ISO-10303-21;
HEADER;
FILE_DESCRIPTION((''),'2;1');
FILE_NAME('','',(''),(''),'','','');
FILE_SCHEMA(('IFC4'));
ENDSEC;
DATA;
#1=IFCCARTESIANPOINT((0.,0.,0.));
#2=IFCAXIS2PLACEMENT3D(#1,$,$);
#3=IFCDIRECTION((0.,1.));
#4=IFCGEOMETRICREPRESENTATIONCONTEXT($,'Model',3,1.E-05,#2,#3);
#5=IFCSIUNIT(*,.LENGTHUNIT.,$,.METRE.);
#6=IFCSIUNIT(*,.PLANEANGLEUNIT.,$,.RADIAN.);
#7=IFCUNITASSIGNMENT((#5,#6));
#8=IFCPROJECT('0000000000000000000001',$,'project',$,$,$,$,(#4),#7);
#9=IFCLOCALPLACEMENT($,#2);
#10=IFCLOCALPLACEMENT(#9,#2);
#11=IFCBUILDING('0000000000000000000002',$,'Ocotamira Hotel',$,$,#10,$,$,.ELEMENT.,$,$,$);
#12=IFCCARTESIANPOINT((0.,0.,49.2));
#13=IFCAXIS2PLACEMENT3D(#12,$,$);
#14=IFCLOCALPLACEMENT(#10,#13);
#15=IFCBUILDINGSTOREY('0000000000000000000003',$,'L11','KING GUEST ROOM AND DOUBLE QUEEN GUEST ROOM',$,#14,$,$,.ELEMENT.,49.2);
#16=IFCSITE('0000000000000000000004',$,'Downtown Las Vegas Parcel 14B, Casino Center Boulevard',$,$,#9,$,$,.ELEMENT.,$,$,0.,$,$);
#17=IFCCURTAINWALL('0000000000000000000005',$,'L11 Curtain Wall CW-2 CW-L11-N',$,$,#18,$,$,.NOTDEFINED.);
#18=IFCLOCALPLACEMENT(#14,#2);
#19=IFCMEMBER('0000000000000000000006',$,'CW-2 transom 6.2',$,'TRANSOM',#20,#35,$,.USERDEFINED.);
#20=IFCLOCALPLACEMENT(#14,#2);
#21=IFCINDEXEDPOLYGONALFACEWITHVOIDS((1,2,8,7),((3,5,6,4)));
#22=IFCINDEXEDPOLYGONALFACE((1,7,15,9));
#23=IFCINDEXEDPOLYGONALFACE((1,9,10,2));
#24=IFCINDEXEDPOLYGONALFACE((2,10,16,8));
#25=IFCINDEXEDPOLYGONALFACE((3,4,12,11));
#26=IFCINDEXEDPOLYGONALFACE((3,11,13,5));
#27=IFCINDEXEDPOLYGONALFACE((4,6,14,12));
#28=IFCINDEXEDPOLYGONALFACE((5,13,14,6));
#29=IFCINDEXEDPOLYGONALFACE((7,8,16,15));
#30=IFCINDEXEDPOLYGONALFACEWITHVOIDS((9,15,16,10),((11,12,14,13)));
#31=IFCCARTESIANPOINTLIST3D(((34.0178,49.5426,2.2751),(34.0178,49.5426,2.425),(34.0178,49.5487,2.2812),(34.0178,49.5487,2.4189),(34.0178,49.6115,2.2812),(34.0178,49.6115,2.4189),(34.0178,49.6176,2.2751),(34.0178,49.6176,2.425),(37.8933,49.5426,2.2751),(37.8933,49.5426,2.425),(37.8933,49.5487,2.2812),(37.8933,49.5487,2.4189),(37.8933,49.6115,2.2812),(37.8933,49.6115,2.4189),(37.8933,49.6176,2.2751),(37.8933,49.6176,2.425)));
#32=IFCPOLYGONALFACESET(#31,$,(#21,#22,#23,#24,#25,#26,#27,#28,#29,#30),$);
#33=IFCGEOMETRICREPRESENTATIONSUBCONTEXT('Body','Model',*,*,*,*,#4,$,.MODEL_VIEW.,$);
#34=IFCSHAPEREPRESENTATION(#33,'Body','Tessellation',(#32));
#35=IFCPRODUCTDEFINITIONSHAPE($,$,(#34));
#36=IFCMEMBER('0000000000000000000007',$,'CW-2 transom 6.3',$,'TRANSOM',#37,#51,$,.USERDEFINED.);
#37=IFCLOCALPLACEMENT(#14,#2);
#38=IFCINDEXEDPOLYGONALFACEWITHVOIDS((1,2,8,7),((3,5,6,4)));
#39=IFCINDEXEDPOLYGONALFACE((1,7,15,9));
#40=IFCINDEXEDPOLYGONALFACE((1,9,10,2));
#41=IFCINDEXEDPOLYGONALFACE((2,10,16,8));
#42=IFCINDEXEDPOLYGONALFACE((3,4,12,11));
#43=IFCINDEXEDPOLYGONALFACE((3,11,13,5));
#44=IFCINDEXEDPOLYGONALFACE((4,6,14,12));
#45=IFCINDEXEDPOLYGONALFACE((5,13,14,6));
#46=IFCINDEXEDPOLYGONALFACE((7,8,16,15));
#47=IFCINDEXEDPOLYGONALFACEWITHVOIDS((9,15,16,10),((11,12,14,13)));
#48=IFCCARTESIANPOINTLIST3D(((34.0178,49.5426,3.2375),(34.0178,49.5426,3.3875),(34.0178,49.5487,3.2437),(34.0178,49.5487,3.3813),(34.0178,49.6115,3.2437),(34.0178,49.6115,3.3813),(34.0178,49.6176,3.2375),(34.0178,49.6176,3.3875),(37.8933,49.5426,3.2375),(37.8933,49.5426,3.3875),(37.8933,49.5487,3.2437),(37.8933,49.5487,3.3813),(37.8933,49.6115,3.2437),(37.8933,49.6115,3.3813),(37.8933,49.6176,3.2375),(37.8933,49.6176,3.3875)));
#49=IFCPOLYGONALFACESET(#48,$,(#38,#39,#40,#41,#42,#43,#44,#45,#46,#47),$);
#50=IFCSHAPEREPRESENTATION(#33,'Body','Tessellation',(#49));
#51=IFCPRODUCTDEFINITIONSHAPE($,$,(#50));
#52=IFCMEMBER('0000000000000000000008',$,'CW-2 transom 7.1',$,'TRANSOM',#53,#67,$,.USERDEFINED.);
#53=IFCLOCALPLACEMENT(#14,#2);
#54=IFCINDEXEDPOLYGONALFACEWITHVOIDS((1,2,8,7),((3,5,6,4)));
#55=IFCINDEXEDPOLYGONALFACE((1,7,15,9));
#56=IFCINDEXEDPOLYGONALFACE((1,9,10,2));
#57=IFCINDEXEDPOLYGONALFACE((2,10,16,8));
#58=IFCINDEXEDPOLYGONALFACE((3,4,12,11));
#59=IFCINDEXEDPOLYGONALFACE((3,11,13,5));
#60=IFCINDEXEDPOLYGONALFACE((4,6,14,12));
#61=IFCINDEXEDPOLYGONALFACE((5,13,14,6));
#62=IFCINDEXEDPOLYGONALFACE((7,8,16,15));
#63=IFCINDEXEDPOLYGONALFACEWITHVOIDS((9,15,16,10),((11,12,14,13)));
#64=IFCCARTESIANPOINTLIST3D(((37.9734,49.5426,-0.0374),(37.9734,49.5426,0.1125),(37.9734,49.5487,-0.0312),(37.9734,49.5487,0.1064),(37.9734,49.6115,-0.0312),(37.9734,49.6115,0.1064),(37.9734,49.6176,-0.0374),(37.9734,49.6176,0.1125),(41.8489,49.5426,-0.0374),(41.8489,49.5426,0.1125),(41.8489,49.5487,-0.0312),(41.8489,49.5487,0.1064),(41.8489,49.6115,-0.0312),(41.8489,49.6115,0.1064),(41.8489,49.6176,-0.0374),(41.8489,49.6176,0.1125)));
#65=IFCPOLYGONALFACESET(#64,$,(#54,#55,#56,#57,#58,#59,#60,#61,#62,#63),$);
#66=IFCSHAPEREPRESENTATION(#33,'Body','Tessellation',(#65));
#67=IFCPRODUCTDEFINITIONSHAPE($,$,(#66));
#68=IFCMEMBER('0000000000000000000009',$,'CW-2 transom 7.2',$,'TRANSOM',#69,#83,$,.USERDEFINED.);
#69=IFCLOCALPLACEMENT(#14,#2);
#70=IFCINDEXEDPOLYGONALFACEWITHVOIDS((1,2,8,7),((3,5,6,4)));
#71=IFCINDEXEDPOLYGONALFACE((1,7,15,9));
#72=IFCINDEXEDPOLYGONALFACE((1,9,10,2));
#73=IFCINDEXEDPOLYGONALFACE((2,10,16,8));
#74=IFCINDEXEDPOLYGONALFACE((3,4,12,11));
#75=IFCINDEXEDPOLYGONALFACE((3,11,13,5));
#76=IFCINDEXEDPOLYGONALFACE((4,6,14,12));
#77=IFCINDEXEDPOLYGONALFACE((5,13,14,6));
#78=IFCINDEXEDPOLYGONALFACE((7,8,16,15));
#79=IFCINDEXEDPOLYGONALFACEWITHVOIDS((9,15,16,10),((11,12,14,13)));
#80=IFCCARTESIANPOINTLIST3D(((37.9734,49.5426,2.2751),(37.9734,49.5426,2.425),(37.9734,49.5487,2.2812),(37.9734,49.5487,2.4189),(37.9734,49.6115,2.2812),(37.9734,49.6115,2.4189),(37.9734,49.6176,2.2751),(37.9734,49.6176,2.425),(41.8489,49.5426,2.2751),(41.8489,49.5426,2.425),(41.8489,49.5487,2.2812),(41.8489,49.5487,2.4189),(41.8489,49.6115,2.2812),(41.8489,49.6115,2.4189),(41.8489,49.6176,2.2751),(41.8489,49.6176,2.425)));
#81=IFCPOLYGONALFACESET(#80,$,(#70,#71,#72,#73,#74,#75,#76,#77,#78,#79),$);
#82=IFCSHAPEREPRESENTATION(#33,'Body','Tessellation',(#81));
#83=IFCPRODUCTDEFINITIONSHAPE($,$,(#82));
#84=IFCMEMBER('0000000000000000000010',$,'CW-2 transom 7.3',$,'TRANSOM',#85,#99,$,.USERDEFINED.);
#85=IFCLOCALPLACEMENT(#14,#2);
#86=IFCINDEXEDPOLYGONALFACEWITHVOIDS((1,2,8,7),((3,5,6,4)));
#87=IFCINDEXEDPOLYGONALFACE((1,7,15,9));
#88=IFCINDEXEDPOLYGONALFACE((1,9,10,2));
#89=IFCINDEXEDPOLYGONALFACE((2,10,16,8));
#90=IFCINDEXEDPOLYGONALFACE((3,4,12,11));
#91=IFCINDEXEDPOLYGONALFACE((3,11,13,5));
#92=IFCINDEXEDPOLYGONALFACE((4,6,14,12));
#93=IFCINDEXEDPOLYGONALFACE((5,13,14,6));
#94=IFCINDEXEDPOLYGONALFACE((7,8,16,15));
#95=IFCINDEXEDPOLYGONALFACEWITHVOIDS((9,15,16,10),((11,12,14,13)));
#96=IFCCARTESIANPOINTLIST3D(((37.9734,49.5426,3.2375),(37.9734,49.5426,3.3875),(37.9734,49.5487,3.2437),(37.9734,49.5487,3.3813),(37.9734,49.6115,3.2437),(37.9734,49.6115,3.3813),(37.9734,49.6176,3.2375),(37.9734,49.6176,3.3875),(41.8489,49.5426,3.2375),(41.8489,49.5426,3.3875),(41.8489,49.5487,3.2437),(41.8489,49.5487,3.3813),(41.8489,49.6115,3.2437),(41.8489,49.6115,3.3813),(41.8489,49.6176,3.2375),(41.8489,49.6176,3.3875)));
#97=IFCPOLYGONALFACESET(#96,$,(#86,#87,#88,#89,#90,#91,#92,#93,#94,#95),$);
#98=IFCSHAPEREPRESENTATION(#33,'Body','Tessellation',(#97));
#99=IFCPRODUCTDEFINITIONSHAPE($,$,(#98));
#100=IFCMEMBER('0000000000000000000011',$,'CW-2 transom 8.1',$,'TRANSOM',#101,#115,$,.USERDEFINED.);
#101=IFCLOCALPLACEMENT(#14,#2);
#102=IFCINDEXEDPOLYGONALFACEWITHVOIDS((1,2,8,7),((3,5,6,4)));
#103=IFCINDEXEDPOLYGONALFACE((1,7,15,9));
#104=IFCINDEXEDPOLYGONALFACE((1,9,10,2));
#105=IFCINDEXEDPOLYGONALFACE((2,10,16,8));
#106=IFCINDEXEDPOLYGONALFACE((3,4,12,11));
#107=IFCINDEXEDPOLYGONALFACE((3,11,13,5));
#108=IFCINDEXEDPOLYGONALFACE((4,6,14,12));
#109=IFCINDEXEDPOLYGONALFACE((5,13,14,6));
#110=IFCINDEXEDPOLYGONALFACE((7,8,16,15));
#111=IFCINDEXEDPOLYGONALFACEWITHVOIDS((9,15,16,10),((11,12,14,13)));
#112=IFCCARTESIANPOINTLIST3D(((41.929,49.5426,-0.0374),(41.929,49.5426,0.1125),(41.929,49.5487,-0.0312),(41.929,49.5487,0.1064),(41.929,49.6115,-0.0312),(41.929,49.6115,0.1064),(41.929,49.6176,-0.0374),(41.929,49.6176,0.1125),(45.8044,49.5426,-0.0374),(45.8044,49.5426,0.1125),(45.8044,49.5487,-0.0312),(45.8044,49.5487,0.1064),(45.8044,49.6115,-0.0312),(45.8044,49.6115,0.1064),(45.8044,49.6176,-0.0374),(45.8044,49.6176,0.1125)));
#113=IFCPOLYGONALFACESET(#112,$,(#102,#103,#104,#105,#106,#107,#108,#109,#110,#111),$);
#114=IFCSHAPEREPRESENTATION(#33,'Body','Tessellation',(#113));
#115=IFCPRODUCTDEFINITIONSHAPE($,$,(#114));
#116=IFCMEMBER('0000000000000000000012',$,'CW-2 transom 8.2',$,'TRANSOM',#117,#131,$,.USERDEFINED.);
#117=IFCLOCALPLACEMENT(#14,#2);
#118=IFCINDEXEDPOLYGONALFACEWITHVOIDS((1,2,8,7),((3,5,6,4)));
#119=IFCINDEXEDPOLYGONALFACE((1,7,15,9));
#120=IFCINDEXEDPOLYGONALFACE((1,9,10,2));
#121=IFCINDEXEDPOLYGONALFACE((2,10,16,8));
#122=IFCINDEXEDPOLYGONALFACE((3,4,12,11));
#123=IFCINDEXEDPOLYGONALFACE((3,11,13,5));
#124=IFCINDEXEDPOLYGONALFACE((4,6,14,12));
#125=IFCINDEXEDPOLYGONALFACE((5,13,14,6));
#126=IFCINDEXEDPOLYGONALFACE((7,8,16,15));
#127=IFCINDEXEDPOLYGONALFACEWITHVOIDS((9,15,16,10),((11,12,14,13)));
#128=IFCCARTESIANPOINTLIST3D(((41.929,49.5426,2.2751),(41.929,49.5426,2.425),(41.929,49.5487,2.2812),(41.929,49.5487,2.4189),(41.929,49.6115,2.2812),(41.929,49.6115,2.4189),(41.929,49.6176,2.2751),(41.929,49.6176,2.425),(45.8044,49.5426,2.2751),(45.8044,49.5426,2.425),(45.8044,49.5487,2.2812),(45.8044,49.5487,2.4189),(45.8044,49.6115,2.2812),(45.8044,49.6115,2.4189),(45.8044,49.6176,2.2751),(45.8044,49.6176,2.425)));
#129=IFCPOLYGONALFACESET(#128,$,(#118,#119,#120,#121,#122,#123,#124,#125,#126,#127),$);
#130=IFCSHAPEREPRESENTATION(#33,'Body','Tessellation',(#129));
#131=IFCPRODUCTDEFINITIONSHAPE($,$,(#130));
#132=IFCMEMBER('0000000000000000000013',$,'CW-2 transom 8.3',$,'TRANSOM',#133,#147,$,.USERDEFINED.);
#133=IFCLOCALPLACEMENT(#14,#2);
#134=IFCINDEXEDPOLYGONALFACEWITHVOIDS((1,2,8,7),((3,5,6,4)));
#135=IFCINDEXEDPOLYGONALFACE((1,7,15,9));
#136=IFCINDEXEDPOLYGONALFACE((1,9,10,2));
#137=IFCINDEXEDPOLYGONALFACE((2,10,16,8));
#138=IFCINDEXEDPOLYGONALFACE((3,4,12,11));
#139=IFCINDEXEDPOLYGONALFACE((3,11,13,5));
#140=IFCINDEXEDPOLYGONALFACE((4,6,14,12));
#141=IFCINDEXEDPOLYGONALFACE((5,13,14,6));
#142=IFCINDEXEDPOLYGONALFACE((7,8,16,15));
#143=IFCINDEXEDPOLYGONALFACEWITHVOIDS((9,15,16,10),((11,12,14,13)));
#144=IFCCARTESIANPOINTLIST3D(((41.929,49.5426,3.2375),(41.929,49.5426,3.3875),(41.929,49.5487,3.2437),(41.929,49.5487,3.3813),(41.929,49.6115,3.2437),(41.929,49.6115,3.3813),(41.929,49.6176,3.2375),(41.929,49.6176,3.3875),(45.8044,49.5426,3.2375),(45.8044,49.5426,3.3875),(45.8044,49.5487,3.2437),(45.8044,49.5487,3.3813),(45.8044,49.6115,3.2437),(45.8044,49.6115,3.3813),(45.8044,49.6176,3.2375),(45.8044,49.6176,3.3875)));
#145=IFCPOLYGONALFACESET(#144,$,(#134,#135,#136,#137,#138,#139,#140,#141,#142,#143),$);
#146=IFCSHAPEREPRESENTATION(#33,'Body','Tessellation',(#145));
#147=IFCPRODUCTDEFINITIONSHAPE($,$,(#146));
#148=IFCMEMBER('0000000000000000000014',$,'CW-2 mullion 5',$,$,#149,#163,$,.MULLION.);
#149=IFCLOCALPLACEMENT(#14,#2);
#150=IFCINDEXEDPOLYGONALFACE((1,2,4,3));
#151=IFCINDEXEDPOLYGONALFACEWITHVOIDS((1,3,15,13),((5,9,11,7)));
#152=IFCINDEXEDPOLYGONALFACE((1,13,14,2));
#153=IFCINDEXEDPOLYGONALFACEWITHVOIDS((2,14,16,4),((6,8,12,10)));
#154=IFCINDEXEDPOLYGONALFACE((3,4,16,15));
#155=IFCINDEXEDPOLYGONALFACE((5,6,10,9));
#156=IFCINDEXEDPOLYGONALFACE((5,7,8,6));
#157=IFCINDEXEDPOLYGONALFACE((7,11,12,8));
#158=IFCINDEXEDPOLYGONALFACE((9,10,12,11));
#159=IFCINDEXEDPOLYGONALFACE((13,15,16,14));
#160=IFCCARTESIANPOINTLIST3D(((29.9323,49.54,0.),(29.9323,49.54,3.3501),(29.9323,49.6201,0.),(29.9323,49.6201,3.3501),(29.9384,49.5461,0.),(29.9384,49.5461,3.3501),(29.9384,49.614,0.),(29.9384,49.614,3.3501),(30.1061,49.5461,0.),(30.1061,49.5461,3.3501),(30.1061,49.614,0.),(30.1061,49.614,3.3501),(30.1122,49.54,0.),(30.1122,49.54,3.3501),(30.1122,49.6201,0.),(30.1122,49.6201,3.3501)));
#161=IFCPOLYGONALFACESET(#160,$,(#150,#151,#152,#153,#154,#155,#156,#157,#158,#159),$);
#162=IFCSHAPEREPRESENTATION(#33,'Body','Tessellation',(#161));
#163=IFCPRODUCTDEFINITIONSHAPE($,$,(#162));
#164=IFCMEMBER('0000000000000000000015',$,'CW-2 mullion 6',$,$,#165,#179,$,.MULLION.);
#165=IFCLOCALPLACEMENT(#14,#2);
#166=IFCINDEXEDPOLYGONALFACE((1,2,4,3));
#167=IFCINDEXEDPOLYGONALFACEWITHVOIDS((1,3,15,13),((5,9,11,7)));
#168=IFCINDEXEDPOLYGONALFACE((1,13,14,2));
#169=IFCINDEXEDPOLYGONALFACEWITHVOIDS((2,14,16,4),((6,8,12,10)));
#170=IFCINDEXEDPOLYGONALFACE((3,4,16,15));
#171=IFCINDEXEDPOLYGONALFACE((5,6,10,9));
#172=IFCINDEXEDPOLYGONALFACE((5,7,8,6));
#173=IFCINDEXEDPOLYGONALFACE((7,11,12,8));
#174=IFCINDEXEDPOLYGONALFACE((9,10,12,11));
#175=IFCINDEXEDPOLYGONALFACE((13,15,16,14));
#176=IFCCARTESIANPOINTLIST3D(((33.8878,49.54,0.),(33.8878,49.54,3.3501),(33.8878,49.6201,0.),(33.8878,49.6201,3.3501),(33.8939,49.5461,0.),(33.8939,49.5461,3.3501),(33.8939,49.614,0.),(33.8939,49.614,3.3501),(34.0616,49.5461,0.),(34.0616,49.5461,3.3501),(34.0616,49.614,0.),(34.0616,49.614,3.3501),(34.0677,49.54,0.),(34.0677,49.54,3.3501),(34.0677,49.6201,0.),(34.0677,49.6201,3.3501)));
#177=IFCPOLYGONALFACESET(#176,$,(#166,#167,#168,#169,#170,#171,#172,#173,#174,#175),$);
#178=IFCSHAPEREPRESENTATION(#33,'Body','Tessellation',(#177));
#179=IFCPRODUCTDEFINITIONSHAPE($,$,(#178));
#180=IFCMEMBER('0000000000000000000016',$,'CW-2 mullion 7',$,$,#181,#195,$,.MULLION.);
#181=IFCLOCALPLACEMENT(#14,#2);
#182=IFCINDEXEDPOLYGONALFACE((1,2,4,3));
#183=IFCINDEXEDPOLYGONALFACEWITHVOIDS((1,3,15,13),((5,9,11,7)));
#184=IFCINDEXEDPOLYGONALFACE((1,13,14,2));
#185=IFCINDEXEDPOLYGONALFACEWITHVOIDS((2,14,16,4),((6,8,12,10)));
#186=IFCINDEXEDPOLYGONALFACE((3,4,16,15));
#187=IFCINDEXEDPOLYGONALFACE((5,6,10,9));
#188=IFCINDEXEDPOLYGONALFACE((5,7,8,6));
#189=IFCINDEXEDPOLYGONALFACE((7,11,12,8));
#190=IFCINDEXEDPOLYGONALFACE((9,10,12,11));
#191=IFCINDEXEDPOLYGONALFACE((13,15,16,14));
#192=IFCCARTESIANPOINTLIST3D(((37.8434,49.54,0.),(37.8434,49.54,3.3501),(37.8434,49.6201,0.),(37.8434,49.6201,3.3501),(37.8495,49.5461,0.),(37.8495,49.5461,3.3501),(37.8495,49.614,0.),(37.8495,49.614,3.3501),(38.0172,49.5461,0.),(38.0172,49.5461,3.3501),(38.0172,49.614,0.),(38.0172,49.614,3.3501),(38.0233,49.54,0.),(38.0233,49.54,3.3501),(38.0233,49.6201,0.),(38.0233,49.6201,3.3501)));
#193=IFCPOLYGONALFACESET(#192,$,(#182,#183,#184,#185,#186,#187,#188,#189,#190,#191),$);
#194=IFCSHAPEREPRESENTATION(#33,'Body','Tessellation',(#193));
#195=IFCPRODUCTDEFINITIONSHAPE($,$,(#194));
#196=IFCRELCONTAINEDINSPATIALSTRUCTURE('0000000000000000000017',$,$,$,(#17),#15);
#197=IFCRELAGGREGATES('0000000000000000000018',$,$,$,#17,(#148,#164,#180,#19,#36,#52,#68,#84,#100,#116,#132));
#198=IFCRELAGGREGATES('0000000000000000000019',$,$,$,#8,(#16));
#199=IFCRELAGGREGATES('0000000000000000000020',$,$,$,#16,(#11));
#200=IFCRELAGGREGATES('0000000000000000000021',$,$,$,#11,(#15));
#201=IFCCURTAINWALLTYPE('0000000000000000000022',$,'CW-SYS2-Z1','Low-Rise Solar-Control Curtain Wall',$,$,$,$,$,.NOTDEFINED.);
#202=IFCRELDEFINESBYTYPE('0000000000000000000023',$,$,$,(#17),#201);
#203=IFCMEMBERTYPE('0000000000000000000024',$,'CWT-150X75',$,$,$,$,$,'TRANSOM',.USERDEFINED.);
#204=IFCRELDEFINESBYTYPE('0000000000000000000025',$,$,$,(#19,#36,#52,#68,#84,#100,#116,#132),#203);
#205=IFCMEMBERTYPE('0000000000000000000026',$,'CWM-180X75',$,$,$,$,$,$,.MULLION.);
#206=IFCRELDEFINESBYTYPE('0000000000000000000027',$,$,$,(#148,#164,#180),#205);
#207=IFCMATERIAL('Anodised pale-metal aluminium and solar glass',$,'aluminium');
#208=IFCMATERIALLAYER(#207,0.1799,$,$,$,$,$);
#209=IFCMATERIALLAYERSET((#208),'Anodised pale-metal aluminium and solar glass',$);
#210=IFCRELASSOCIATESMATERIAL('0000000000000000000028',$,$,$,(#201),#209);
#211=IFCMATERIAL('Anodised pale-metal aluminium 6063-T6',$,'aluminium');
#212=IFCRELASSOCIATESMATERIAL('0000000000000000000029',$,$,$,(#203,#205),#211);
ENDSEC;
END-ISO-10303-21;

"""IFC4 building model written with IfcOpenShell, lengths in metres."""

from ifc_helpers import new_model, si_unit, direction, frame, origin, origin_2d, place, context, subcontext, project, spatial, hollow_rectangle, extrude, source, transform, mapped, material, layer, layer_set, material_profile, profile_set, type_object, element, aggregate, save


model = new_model("IFC4")

# Units and contexts
model_context = context("Model", 3, precision=1e-05, world=origin(), true_north=direction((0.0, 1.0)))
body_context = subcontext(model_context, "Body", "Model", "MODEL_VIEW")
ifc_project = project(units=[si_unit("LENGTHUNIT", "METRE"), si_unit("PLANEANGLEUNIT", "RADIAN")], contexts=[model_context])

# Site, building, storey
site_placement = place(None, origin())
site = spatial("IfcSite", under=ifc_project, at=site_placement, Name="Downtown Las Vegas Parcel 14B, Casino Center Boulevard", CompositionType="ELEMENT", RefElevation=0.0)
building_placement = place(site_placement, origin())
building = spatial("IfcBuilding", under=site, at=building_placement, Name="Ocotamira Hotel", CompositionType="ELEMENT")
storey_placement = place(building_placement, frame((0.0, 0.0, 49.2)))
storey = spatial("IfcBuildingStorey", under=building, at=storey_placement, Name="L11", Description="KING GUEST ROOM AND DOUBLE QUEEN GUEST ROOM", CompositionType="ELEMENT", Elevation=49.2)

# Curtain wall, members
ifc_material_1 = material(Name="Anodised pale-metal aluminium and solar glass", Category="aluminium")
ifc_layer_1 = layer(ifc_material_1, 0.1799)
ifc_layer_set_1 = layer_set([ifc_layer_1], Name="Anodised pale-metal aluminium and solar glass")
curtain_wall_type = type_object("IfcCurtainWallType", Name="CW-SYS2-Z1", Description="Low-Rise Solar-Control Curtain Wall", PredefinedType="NOTDEFINED", material=ifc_layer_set_1)
curtain_wall_placement = place(storey_placement, origin())
curtain_wall = element("IfcCurtainWall", 1, at=curtain_wall_placement, inside=storey, type_object=curtain_wall_type, Name="L11 Curtain Wall CW-2 CW-L11-N", PredefinedType="NOTDEFINED")
ifc_material_2 = material(Name="Anodised pale-metal aluminium 6063-T6", Category="aluminium")
ifc_material_profile_1 = material_profile(ifc_material_2, hollow_rectangle(XDim=0.075, YDim=0.1499, WallThickness=0.0061, at=origin_2d()), Name="HSS150X75X6")
ifc_profile_set_1 = profile_set([ifc_material_profile_1], Name="Anodised pale-metal aluminium 6063-T6")
member_type_1 = type_object("IfcMemberType", Name="CWT-150X75", ElementType="TRANSOM", PredefinedType="USERDEFINED", material=ifc_profile_set_1)
shared_shape_1 = source(origin(), body_context, "Body", "SweptSolid", [
    extrude(hollow_rectangle(XDim=0.075, YDim=0.1499, WallThickness=0.0061, at=origin_2d()), origin(), (0.0, 0.0, 1.0), 3.8755),
])
member_1_placement = place(storey_placement, frame((34.0178, 49.5801, 2.3501), z_axis=(1.0, 0.0, 0.0), x_axis=(0.0, 1.0, 0.0)))
member_1 = element("IfcMember", 2, at=member_1_placement, type_object=member_type_1, Name="CW-2 transom 6.2", ObjectType="TRANSOM", PredefinedType="USERDEFINED", context=body_context, shape_type="MappedRepresentation", body=[
    mapped(shared_shape_1, transform((0.0, 0.0, 0.0), scale=1.0)),
])
member_2_placement = place(storey_placement, frame((34.0178, 49.5801, 3.3125), z_axis=(1.0, 0.0, 0.0), x_axis=(0.0, 1.0, 0.0)))
member_2 = element("IfcMember", 3, at=member_2_placement, type_object=member_type_1, Name="CW-2 transom 6.3", ObjectType="TRANSOM", PredefinedType="USERDEFINED", context=body_context, shape_type="MappedRepresentation", body=[
    mapped(shared_shape_1, transform((0.0, 0.0, 0.0), scale=1.0)),
])
member_3_placement = place(storey_placement, frame((37.9734, 49.5801, 0.0376), z_axis=(1.0, 0.0, 0.0), x_axis=(0.0, 1.0, 0.0)))
member_3 = element("IfcMember", 4, at=member_3_placement, type_object=member_type_1, Name="CW-2 transom 7.1", ObjectType="TRANSOM", PredefinedType="USERDEFINED", context=body_context, shape_type="MappedRepresentation", body=[
    mapped(shared_shape_1, transform((0.0, 0.0, 0.0), scale=1.0)),
])
member_4_placement = place(storey_placement, frame((37.9734, 49.5801, 2.3501), z_axis=(1.0, 0.0, 0.0), x_axis=(0.0, 1.0, 0.0)))
member_4 = element("IfcMember", 5, at=member_4_placement, type_object=member_type_1, Name="CW-2 transom 7.2", ObjectType="TRANSOM", PredefinedType="USERDEFINED", context=body_context, shape_type="MappedRepresentation", body=[
    mapped(shared_shape_1, transform((0.0, 0.0, 0.0), scale=1.0)),
])
member_5_placement = place(storey_placement, frame((37.9734, 49.5801, 3.3125), z_axis=(1.0, 0.0, 0.0), x_axis=(0.0, 1.0, 0.0)))
member_5 = element("IfcMember", 6, at=member_5_placement, type_object=member_type_1, Name="CW-2 transom 7.3", ObjectType="TRANSOM", PredefinedType="USERDEFINED", context=body_context, shape_type="MappedRepresentation", body=[
    mapped(shared_shape_1, transform((0.0, 0.0, 0.0), scale=1.0)),
])
member_6_placement = place(storey_placement, frame((41.929, 49.5801, 0.0376), z_axis=(1.0, 0.0, 0.0), x_axis=(0.0, 1.0, 0.0)))
member_6 = element("IfcMember", 7, at=member_6_placement, type_object=member_type_1, Name="CW-2 transom 8.1", ObjectType="TRANSOM", PredefinedType="USERDEFINED", context=body_context, shape_type="MappedRepresentation", body=[
    mapped(shared_shape_1, transform((0.0, 0.0, 0.0), scale=1.0)),
])
member_7_placement = place(storey_placement, frame((41.929, 49.5801, 2.3501), z_axis=(1.0, 0.0, 0.0), x_axis=(0.0, 1.0, 0.0)))
member_7 = element("IfcMember", 8, at=member_7_placement, type_object=member_type_1, Name="CW-2 transom 8.2", ObjectType="TRANSOM", PredefinedType="USERDEFINED", context=body_context, shape_type="MappedRepresentation", body=[
    mapped(shared_shape_1, transform((0.0, 0.0, 0.0), scale=1.0)),
])
member_8_placement = place(storey_placement, frame((41.929, 49.5801, 3.3125), z_axis=(1.0, 0.0, 0.0), x_axis=(0.0, 1.0, 0.0)))
member_8 = element("IfcMember", 9, at=member_8_placement, type_object=member_type_1, Name="CW-2 transom 8.3", ObjectType="TRANSOM", PredefinedType="USERDEFINED", context=body_context, shape_type="MappedRepresentation", body=[
    mapped(shared_shape_1, transform((0.0, 0.0, 0.0), scale=1.0)),
])
ifc_material_profile_2 = material_profile(ifc_material_2, hollow_rectangle(XDim=0.0801, YDim=0.1799, WallThickness=0.0061, at=origin_2d()), Name="HSS180X80X6")
ifc_profile_set_2 = profile_set([ifc_material_profile_2], Name="Anodised pale-metal aluminium 6063-T6")
member_type_2 = type_object("IfcMemberType", Name="CWM-180X75", PredefinedType="MULLION", material=ifc_profile_set_2)
shared_shape_2 = source(origin(), body_context, "Body", "SweptSolid", [
    extrude(hollow_rectangle(XDim=0.0801, YDim=0.1799, WallThickness=0.0061, at=origin_2d()), origin(), (0.0, 0.0, 1.0), 3.3501),
])
member_9_placement = place(storey_placement, frame((30.0222, 49.5801, 0.0), z_axis=(0.0, 0.0, 1.0), x_axis=(0.0, 1.0, 0.0)))
member_9 = element("IfcMember", 10, at=member_9_placement, type_object=member_type_2, Name="CW-2 mullion 5", PredefinedType="MULLION", context=body_context, shape_type="MappedRepresentation", body=[
    mapped(shared_shape_2, transform((0.0, 0.0, 0.0), scale=1.0)),
])
member_10_placement = place(storey_placement, frame((33.9778, 49.5801, 0.0), z_axis=(0.0, 0.0, 1.0), x_axis=(0.0, 1.0, 0.0)))
member_10 = element("IfcMember", 11, at=member_10_placement, type_object=member_type_2, Name="CW-2 mullion 6", PredefinedType="MULLION", context=body_context, shape_type="MappedRepresentation", body=[
    mapped(shared_shape_2, transform((0.0, 0.0, 0.0), scale=1.0)),
])
member_11_placement = place(storey_placement, frame((37.9333, 49.5801, 0.0), z_axis=(0.0, 0.0, 1.0), x_axis=(0.0, 1.0, 0.0)))
member_11 = element("IfcMember", 12, at=member_11_placement, type_object=member_type_2, Name="CW-2 mullion 7", PredefinedType="MULLION", context=body_context, shape_type="MappedRepresentation", body=[
    mapped(shared_shape_2, transform((0.0, 0.0, 0.0), scale=1.0)),
])

aggregate(curtain_wall, [member_9, member_10, member_11, member_1, member_2, member_3, member_4, member_5, member_6, member_7, member_8])

save(model, "model.ifc")
